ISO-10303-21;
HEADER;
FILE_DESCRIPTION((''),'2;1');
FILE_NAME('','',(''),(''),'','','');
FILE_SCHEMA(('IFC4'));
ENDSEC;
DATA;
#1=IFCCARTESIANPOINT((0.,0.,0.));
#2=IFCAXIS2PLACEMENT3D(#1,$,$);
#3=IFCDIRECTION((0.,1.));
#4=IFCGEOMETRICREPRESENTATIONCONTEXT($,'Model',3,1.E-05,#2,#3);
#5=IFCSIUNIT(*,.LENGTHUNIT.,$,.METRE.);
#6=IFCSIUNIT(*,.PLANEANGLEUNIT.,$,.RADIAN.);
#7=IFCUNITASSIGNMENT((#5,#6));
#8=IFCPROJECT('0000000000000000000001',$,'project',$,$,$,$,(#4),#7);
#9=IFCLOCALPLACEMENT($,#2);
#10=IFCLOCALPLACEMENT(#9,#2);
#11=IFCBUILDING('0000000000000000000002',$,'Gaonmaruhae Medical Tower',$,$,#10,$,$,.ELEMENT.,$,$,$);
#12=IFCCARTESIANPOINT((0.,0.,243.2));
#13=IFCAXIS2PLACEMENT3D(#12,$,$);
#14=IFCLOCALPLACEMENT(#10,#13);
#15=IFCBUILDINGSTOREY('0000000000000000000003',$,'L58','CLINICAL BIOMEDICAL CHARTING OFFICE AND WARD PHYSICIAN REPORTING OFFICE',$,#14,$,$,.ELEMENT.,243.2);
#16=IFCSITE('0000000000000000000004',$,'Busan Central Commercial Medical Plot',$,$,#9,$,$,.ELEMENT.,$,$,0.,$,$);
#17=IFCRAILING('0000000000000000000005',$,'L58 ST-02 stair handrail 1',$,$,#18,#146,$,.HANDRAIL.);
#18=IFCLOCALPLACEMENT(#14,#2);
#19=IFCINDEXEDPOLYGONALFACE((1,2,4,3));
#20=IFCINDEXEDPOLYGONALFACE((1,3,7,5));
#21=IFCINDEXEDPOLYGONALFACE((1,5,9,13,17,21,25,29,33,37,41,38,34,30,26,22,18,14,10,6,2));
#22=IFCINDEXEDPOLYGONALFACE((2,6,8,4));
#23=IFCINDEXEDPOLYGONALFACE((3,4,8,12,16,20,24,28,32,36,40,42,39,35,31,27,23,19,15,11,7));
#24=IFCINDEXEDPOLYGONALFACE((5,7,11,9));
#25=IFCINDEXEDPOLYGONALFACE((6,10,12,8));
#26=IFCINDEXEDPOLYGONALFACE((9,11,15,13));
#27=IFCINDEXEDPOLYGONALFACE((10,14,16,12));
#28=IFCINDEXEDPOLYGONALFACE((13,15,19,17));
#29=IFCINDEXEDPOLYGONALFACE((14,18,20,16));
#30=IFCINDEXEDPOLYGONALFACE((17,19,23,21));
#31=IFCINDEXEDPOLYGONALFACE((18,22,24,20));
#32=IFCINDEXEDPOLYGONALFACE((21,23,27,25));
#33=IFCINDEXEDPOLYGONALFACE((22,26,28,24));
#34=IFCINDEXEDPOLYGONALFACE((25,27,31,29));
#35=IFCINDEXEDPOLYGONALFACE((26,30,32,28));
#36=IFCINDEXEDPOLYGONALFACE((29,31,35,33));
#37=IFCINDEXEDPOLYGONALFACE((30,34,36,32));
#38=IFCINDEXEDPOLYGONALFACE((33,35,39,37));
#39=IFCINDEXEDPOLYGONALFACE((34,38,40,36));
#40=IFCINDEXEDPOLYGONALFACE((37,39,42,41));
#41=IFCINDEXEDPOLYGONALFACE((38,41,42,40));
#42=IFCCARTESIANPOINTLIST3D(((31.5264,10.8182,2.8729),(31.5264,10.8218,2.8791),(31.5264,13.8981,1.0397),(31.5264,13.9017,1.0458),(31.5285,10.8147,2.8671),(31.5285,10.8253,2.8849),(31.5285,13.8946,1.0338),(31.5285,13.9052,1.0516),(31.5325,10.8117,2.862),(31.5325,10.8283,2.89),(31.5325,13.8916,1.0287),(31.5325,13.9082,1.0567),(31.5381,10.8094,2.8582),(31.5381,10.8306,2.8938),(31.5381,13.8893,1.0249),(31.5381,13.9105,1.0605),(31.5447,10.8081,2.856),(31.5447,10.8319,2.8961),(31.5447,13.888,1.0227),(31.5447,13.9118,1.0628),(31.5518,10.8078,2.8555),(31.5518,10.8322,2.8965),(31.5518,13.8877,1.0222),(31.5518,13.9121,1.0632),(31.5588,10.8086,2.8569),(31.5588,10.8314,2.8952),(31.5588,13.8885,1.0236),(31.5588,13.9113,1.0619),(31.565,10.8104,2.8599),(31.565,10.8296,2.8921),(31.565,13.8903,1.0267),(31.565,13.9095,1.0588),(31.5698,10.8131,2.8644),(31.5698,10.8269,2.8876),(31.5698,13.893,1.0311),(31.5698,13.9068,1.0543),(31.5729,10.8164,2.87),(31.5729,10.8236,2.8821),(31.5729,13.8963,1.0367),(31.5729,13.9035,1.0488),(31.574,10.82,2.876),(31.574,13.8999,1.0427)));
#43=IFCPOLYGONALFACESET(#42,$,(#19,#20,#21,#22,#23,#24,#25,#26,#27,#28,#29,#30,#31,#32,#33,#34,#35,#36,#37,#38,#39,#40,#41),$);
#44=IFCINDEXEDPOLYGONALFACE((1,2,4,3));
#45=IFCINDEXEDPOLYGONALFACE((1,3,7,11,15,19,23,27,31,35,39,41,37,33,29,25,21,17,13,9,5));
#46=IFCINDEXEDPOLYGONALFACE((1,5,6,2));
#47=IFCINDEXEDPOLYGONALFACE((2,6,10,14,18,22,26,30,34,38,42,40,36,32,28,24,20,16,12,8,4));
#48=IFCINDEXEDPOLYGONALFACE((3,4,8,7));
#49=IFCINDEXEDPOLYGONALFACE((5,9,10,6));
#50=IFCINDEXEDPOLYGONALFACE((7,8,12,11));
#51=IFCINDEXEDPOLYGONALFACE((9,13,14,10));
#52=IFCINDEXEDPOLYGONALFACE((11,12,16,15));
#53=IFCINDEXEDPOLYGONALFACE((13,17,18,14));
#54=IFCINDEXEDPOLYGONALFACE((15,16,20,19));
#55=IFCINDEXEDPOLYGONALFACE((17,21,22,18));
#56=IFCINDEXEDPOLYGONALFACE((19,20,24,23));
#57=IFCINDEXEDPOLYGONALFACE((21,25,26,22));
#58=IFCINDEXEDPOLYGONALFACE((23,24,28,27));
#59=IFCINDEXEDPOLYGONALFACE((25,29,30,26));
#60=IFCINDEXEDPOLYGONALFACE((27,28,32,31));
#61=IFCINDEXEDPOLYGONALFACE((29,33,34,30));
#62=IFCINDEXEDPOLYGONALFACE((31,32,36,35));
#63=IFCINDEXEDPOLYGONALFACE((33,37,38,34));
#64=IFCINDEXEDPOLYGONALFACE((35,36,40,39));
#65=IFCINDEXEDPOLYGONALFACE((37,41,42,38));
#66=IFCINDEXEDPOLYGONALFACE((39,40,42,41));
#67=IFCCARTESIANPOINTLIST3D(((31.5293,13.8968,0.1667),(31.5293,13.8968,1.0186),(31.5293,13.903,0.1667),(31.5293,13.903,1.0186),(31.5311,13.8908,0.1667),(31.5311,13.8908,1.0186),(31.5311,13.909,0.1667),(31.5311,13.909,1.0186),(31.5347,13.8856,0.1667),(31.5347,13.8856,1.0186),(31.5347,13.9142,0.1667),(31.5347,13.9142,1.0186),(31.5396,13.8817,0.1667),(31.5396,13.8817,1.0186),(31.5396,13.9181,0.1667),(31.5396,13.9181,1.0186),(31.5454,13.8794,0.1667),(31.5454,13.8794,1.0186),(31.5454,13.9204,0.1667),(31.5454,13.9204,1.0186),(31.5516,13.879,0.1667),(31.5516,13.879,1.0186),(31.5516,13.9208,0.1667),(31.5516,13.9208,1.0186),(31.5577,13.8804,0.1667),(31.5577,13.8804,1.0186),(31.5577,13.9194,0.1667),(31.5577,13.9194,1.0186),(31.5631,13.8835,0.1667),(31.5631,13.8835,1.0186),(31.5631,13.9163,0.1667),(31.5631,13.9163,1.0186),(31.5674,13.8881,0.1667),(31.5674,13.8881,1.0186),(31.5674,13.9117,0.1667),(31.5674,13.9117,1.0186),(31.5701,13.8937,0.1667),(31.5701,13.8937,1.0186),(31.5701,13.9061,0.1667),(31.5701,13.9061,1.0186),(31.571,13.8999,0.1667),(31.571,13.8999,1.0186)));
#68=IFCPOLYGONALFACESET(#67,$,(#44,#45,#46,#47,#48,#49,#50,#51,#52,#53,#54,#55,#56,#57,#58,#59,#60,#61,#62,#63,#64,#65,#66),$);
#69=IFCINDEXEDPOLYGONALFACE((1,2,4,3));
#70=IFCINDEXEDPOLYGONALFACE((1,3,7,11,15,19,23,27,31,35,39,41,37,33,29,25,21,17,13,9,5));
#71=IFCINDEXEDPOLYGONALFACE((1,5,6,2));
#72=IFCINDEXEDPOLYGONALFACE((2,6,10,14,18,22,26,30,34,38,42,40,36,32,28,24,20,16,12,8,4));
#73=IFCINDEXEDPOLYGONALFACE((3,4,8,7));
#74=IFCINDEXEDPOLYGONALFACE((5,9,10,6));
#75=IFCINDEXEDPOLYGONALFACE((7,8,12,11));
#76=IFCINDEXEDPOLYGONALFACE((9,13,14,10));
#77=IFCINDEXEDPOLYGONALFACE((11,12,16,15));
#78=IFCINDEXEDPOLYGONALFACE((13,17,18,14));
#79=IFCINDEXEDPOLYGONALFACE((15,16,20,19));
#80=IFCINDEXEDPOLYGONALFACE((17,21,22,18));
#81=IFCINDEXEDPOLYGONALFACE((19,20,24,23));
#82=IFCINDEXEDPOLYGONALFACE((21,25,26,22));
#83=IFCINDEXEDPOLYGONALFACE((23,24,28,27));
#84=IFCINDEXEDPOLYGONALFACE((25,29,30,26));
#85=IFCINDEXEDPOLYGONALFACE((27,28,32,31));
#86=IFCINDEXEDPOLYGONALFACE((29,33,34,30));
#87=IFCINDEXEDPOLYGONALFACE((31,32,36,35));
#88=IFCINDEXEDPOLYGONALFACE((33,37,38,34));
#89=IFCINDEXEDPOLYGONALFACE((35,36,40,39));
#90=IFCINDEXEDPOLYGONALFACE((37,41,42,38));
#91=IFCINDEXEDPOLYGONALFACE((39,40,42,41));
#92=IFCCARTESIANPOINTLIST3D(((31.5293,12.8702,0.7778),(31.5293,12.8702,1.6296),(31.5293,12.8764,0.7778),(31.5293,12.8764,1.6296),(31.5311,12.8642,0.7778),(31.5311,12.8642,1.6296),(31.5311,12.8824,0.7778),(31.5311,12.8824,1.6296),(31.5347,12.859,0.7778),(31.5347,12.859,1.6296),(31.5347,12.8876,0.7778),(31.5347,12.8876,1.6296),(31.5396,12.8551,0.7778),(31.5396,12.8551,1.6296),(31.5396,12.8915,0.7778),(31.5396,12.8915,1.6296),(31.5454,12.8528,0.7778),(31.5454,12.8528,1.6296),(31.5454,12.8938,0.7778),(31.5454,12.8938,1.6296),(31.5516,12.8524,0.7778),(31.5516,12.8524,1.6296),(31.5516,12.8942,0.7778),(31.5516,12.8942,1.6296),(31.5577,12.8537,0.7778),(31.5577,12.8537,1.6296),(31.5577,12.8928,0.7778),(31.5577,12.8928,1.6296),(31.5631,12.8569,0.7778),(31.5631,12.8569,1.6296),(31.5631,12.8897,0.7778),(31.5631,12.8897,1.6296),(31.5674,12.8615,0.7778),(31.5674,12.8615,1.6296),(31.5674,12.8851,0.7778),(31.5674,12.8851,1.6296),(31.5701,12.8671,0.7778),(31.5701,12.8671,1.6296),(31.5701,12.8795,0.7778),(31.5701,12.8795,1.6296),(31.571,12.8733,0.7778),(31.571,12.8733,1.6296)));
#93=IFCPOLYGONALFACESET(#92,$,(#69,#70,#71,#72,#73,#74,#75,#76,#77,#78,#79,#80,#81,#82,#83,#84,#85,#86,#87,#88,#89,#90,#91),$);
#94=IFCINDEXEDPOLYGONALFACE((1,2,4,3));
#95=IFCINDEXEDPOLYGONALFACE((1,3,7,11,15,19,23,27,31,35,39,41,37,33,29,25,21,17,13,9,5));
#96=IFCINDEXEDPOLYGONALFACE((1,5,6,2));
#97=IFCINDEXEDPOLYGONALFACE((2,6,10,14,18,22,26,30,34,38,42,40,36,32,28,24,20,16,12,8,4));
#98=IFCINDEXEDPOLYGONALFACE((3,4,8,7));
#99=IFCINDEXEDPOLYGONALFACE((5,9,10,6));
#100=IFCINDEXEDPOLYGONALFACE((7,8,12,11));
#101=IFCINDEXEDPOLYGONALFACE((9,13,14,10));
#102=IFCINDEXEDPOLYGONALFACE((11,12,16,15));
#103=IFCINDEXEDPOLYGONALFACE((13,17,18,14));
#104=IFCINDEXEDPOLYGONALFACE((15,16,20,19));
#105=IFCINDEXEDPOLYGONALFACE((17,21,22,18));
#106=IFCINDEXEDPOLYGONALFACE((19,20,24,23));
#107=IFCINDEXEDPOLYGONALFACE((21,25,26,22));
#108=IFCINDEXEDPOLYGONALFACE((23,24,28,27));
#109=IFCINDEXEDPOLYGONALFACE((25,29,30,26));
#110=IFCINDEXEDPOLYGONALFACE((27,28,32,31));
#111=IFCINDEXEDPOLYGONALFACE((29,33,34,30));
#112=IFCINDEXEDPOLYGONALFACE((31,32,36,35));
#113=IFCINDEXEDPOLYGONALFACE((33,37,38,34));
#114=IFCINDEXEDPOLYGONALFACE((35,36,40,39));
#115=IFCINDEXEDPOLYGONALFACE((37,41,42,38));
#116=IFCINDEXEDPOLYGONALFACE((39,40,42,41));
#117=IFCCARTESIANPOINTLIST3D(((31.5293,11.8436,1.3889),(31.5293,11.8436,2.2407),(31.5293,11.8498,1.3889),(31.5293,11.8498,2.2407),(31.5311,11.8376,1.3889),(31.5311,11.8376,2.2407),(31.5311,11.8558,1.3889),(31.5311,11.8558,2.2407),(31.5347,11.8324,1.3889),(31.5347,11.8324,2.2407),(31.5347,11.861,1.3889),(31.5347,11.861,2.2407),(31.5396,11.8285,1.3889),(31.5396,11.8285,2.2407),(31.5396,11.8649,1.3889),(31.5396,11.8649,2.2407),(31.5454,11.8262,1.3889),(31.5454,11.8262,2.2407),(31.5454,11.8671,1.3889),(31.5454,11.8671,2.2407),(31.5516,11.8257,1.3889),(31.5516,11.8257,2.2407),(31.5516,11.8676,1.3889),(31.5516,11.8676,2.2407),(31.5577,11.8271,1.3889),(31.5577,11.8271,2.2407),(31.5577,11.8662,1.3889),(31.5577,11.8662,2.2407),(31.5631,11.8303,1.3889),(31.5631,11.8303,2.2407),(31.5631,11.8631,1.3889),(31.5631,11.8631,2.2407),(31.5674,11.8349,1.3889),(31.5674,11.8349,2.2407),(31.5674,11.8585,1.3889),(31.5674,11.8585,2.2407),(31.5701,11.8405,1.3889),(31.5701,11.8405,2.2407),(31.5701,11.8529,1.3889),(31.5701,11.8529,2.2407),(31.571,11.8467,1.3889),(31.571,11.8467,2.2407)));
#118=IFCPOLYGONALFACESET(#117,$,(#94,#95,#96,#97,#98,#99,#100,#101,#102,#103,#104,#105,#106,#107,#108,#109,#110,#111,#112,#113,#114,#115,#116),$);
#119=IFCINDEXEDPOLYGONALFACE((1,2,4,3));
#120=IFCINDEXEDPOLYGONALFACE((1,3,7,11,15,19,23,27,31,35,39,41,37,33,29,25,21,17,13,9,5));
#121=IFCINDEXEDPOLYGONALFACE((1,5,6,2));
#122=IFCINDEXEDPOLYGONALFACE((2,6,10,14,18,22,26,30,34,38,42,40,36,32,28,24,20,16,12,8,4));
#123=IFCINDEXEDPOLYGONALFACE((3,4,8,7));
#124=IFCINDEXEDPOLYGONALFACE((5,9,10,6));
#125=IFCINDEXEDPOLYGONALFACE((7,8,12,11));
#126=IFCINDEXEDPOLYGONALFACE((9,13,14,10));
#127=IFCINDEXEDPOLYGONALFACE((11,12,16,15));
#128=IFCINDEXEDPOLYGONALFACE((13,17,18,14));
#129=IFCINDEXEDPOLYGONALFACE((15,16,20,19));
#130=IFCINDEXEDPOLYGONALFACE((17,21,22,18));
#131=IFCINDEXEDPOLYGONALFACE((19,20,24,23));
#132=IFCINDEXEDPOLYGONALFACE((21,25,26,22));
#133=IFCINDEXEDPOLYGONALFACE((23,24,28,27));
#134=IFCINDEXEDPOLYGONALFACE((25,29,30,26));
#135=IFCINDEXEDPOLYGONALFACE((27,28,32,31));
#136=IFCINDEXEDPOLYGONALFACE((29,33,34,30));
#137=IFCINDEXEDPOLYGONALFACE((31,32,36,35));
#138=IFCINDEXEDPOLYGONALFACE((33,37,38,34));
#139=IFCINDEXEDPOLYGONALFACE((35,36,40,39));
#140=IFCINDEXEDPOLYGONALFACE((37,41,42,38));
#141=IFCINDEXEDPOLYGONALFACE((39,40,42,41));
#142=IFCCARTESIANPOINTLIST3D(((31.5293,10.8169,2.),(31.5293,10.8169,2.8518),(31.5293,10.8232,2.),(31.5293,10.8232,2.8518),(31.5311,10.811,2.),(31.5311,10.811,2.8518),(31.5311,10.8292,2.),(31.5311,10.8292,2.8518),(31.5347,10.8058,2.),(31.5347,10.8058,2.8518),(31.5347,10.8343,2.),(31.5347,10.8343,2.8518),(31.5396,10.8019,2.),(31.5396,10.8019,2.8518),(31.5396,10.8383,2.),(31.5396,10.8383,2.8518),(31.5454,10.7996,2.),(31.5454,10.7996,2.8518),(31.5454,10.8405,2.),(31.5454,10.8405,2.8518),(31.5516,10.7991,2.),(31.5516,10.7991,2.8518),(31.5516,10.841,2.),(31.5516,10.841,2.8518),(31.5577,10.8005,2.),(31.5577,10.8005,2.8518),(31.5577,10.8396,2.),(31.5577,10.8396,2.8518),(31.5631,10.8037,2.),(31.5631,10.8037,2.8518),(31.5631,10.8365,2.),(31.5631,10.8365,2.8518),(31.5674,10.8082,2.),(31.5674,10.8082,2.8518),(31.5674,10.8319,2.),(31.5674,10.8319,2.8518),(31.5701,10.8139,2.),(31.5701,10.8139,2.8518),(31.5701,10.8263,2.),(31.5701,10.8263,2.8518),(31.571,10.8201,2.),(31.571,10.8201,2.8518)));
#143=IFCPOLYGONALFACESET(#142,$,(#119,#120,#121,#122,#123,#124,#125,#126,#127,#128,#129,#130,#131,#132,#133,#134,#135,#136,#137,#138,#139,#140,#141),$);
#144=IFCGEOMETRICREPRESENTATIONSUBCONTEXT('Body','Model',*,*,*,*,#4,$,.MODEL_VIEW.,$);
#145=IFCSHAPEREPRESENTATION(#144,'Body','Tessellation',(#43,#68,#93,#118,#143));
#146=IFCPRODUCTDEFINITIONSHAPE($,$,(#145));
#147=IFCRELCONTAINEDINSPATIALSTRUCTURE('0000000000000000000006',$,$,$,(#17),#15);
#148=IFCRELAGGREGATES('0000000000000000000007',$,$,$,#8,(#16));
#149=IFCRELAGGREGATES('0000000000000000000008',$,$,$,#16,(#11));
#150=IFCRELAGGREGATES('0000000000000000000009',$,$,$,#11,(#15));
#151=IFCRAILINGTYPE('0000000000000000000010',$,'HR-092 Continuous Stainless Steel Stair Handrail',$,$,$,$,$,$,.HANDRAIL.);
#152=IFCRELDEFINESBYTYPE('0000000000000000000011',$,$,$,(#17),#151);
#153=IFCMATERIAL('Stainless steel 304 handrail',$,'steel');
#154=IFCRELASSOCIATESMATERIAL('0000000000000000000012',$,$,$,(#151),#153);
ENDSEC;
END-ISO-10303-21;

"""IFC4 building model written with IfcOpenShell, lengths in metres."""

from ifc_helpers import new_model, si_unit, direction, frame, origin, origin_2d, place, context, subcontext, project, spatial, circle, extrude, material, type_object, element, save


model = new_model("IFC4")

# Units and contexts
model_context = context("Model", 3, precision=1e-05, world=origin(), true_north=direction((0.0, 1.0)))
body_context = subcontext(model_context, "Body", "Model", "MODEL_VIEW")
ifc_project = project(units=[si_unit("LENGTHUNIT", "METRE"), si_unit("PLANEANGLEUNIT", "RADIAN")], contexts=[model_context])

# Site, building, storey
site_placement = place(None, origin())
site = spatial("IfcSite", under=ifc_project, at=site_placement, Name="Busan Central Commercial Medical Plot", CompositionType="ELEMENT", RefElevation=0.0)
building_placement = place(site_placement, origin())
building = spatial("IfcBuilding", under=site, at=building_placement, Name="Gaonmaruhae Medical Tower", CompositionType="ELEMENT")
storey_placement = place(building_placement, frame((0.0, 0.0, 243.2)))
storey = spatial("IfcBuildingStorey", under=building, at=storey_placement, Name="L58", Description="CLINICAL BIOMEDICAL CHARTING OFFICE AND WARD PHYSICIAN REPORTING OFFICE", CompositionType="ELEMENT", Elevation=243.2)

# Railing
ifc_material_1 = material(Name="Stainless steel 304 handrail", Category="steel")
railing_type_1 = type_object("IfcRailingType", Name="HR-092 Continuous Stainless Steel Stair Handrail", PredefinedType="HANDRAIL", material=ifc_material_1)
railing_1_placement = place(storey_placement, frame((31.55, 13.8999, 0.1667)))
element("IfcRailing", 1, at=railing_1_placement, inside=storey, type_object=railing_type_1, Name="L58 ST-02 stair handrail 1", PredefinedType="HANDRAIL", context=body_context, shape_type="SweptSolid", body=[
    extrude(circle(Radius=0.0239, at=origin_2d()), frame((0.0, 0.0, 0.876), z_axis=(0.0, -0.859291, 0.511487), x_axis=(1.0, 0.0, 0.0)), (0.0, 0.0, 1.0), 3.5842),
    extrude(circle(Radius=0.021, at=origin_2d()), origin(), (0.0, 0.0, 1.0), 0.8518),
    extrude(circle(Radius=0.021, at=origin_2d()), frame((0.0, -1.0266, 0.6111)), (0.0, 0.0, 1.0), 0.8518),
    extrude(circle(Radius=0.021, at=origin_2d()), frame((0.0, -2.0532, 1.2222)), (0.0, 0.0, 1.0), 0.8518),
    extrude(circle(Radius=0.021, at=origin_2d()), frame((0.0, -3.0798, 1.8333)), (0.0, 0.0, 1.0), 0.8518),
])

save(model, "model.ifc")
